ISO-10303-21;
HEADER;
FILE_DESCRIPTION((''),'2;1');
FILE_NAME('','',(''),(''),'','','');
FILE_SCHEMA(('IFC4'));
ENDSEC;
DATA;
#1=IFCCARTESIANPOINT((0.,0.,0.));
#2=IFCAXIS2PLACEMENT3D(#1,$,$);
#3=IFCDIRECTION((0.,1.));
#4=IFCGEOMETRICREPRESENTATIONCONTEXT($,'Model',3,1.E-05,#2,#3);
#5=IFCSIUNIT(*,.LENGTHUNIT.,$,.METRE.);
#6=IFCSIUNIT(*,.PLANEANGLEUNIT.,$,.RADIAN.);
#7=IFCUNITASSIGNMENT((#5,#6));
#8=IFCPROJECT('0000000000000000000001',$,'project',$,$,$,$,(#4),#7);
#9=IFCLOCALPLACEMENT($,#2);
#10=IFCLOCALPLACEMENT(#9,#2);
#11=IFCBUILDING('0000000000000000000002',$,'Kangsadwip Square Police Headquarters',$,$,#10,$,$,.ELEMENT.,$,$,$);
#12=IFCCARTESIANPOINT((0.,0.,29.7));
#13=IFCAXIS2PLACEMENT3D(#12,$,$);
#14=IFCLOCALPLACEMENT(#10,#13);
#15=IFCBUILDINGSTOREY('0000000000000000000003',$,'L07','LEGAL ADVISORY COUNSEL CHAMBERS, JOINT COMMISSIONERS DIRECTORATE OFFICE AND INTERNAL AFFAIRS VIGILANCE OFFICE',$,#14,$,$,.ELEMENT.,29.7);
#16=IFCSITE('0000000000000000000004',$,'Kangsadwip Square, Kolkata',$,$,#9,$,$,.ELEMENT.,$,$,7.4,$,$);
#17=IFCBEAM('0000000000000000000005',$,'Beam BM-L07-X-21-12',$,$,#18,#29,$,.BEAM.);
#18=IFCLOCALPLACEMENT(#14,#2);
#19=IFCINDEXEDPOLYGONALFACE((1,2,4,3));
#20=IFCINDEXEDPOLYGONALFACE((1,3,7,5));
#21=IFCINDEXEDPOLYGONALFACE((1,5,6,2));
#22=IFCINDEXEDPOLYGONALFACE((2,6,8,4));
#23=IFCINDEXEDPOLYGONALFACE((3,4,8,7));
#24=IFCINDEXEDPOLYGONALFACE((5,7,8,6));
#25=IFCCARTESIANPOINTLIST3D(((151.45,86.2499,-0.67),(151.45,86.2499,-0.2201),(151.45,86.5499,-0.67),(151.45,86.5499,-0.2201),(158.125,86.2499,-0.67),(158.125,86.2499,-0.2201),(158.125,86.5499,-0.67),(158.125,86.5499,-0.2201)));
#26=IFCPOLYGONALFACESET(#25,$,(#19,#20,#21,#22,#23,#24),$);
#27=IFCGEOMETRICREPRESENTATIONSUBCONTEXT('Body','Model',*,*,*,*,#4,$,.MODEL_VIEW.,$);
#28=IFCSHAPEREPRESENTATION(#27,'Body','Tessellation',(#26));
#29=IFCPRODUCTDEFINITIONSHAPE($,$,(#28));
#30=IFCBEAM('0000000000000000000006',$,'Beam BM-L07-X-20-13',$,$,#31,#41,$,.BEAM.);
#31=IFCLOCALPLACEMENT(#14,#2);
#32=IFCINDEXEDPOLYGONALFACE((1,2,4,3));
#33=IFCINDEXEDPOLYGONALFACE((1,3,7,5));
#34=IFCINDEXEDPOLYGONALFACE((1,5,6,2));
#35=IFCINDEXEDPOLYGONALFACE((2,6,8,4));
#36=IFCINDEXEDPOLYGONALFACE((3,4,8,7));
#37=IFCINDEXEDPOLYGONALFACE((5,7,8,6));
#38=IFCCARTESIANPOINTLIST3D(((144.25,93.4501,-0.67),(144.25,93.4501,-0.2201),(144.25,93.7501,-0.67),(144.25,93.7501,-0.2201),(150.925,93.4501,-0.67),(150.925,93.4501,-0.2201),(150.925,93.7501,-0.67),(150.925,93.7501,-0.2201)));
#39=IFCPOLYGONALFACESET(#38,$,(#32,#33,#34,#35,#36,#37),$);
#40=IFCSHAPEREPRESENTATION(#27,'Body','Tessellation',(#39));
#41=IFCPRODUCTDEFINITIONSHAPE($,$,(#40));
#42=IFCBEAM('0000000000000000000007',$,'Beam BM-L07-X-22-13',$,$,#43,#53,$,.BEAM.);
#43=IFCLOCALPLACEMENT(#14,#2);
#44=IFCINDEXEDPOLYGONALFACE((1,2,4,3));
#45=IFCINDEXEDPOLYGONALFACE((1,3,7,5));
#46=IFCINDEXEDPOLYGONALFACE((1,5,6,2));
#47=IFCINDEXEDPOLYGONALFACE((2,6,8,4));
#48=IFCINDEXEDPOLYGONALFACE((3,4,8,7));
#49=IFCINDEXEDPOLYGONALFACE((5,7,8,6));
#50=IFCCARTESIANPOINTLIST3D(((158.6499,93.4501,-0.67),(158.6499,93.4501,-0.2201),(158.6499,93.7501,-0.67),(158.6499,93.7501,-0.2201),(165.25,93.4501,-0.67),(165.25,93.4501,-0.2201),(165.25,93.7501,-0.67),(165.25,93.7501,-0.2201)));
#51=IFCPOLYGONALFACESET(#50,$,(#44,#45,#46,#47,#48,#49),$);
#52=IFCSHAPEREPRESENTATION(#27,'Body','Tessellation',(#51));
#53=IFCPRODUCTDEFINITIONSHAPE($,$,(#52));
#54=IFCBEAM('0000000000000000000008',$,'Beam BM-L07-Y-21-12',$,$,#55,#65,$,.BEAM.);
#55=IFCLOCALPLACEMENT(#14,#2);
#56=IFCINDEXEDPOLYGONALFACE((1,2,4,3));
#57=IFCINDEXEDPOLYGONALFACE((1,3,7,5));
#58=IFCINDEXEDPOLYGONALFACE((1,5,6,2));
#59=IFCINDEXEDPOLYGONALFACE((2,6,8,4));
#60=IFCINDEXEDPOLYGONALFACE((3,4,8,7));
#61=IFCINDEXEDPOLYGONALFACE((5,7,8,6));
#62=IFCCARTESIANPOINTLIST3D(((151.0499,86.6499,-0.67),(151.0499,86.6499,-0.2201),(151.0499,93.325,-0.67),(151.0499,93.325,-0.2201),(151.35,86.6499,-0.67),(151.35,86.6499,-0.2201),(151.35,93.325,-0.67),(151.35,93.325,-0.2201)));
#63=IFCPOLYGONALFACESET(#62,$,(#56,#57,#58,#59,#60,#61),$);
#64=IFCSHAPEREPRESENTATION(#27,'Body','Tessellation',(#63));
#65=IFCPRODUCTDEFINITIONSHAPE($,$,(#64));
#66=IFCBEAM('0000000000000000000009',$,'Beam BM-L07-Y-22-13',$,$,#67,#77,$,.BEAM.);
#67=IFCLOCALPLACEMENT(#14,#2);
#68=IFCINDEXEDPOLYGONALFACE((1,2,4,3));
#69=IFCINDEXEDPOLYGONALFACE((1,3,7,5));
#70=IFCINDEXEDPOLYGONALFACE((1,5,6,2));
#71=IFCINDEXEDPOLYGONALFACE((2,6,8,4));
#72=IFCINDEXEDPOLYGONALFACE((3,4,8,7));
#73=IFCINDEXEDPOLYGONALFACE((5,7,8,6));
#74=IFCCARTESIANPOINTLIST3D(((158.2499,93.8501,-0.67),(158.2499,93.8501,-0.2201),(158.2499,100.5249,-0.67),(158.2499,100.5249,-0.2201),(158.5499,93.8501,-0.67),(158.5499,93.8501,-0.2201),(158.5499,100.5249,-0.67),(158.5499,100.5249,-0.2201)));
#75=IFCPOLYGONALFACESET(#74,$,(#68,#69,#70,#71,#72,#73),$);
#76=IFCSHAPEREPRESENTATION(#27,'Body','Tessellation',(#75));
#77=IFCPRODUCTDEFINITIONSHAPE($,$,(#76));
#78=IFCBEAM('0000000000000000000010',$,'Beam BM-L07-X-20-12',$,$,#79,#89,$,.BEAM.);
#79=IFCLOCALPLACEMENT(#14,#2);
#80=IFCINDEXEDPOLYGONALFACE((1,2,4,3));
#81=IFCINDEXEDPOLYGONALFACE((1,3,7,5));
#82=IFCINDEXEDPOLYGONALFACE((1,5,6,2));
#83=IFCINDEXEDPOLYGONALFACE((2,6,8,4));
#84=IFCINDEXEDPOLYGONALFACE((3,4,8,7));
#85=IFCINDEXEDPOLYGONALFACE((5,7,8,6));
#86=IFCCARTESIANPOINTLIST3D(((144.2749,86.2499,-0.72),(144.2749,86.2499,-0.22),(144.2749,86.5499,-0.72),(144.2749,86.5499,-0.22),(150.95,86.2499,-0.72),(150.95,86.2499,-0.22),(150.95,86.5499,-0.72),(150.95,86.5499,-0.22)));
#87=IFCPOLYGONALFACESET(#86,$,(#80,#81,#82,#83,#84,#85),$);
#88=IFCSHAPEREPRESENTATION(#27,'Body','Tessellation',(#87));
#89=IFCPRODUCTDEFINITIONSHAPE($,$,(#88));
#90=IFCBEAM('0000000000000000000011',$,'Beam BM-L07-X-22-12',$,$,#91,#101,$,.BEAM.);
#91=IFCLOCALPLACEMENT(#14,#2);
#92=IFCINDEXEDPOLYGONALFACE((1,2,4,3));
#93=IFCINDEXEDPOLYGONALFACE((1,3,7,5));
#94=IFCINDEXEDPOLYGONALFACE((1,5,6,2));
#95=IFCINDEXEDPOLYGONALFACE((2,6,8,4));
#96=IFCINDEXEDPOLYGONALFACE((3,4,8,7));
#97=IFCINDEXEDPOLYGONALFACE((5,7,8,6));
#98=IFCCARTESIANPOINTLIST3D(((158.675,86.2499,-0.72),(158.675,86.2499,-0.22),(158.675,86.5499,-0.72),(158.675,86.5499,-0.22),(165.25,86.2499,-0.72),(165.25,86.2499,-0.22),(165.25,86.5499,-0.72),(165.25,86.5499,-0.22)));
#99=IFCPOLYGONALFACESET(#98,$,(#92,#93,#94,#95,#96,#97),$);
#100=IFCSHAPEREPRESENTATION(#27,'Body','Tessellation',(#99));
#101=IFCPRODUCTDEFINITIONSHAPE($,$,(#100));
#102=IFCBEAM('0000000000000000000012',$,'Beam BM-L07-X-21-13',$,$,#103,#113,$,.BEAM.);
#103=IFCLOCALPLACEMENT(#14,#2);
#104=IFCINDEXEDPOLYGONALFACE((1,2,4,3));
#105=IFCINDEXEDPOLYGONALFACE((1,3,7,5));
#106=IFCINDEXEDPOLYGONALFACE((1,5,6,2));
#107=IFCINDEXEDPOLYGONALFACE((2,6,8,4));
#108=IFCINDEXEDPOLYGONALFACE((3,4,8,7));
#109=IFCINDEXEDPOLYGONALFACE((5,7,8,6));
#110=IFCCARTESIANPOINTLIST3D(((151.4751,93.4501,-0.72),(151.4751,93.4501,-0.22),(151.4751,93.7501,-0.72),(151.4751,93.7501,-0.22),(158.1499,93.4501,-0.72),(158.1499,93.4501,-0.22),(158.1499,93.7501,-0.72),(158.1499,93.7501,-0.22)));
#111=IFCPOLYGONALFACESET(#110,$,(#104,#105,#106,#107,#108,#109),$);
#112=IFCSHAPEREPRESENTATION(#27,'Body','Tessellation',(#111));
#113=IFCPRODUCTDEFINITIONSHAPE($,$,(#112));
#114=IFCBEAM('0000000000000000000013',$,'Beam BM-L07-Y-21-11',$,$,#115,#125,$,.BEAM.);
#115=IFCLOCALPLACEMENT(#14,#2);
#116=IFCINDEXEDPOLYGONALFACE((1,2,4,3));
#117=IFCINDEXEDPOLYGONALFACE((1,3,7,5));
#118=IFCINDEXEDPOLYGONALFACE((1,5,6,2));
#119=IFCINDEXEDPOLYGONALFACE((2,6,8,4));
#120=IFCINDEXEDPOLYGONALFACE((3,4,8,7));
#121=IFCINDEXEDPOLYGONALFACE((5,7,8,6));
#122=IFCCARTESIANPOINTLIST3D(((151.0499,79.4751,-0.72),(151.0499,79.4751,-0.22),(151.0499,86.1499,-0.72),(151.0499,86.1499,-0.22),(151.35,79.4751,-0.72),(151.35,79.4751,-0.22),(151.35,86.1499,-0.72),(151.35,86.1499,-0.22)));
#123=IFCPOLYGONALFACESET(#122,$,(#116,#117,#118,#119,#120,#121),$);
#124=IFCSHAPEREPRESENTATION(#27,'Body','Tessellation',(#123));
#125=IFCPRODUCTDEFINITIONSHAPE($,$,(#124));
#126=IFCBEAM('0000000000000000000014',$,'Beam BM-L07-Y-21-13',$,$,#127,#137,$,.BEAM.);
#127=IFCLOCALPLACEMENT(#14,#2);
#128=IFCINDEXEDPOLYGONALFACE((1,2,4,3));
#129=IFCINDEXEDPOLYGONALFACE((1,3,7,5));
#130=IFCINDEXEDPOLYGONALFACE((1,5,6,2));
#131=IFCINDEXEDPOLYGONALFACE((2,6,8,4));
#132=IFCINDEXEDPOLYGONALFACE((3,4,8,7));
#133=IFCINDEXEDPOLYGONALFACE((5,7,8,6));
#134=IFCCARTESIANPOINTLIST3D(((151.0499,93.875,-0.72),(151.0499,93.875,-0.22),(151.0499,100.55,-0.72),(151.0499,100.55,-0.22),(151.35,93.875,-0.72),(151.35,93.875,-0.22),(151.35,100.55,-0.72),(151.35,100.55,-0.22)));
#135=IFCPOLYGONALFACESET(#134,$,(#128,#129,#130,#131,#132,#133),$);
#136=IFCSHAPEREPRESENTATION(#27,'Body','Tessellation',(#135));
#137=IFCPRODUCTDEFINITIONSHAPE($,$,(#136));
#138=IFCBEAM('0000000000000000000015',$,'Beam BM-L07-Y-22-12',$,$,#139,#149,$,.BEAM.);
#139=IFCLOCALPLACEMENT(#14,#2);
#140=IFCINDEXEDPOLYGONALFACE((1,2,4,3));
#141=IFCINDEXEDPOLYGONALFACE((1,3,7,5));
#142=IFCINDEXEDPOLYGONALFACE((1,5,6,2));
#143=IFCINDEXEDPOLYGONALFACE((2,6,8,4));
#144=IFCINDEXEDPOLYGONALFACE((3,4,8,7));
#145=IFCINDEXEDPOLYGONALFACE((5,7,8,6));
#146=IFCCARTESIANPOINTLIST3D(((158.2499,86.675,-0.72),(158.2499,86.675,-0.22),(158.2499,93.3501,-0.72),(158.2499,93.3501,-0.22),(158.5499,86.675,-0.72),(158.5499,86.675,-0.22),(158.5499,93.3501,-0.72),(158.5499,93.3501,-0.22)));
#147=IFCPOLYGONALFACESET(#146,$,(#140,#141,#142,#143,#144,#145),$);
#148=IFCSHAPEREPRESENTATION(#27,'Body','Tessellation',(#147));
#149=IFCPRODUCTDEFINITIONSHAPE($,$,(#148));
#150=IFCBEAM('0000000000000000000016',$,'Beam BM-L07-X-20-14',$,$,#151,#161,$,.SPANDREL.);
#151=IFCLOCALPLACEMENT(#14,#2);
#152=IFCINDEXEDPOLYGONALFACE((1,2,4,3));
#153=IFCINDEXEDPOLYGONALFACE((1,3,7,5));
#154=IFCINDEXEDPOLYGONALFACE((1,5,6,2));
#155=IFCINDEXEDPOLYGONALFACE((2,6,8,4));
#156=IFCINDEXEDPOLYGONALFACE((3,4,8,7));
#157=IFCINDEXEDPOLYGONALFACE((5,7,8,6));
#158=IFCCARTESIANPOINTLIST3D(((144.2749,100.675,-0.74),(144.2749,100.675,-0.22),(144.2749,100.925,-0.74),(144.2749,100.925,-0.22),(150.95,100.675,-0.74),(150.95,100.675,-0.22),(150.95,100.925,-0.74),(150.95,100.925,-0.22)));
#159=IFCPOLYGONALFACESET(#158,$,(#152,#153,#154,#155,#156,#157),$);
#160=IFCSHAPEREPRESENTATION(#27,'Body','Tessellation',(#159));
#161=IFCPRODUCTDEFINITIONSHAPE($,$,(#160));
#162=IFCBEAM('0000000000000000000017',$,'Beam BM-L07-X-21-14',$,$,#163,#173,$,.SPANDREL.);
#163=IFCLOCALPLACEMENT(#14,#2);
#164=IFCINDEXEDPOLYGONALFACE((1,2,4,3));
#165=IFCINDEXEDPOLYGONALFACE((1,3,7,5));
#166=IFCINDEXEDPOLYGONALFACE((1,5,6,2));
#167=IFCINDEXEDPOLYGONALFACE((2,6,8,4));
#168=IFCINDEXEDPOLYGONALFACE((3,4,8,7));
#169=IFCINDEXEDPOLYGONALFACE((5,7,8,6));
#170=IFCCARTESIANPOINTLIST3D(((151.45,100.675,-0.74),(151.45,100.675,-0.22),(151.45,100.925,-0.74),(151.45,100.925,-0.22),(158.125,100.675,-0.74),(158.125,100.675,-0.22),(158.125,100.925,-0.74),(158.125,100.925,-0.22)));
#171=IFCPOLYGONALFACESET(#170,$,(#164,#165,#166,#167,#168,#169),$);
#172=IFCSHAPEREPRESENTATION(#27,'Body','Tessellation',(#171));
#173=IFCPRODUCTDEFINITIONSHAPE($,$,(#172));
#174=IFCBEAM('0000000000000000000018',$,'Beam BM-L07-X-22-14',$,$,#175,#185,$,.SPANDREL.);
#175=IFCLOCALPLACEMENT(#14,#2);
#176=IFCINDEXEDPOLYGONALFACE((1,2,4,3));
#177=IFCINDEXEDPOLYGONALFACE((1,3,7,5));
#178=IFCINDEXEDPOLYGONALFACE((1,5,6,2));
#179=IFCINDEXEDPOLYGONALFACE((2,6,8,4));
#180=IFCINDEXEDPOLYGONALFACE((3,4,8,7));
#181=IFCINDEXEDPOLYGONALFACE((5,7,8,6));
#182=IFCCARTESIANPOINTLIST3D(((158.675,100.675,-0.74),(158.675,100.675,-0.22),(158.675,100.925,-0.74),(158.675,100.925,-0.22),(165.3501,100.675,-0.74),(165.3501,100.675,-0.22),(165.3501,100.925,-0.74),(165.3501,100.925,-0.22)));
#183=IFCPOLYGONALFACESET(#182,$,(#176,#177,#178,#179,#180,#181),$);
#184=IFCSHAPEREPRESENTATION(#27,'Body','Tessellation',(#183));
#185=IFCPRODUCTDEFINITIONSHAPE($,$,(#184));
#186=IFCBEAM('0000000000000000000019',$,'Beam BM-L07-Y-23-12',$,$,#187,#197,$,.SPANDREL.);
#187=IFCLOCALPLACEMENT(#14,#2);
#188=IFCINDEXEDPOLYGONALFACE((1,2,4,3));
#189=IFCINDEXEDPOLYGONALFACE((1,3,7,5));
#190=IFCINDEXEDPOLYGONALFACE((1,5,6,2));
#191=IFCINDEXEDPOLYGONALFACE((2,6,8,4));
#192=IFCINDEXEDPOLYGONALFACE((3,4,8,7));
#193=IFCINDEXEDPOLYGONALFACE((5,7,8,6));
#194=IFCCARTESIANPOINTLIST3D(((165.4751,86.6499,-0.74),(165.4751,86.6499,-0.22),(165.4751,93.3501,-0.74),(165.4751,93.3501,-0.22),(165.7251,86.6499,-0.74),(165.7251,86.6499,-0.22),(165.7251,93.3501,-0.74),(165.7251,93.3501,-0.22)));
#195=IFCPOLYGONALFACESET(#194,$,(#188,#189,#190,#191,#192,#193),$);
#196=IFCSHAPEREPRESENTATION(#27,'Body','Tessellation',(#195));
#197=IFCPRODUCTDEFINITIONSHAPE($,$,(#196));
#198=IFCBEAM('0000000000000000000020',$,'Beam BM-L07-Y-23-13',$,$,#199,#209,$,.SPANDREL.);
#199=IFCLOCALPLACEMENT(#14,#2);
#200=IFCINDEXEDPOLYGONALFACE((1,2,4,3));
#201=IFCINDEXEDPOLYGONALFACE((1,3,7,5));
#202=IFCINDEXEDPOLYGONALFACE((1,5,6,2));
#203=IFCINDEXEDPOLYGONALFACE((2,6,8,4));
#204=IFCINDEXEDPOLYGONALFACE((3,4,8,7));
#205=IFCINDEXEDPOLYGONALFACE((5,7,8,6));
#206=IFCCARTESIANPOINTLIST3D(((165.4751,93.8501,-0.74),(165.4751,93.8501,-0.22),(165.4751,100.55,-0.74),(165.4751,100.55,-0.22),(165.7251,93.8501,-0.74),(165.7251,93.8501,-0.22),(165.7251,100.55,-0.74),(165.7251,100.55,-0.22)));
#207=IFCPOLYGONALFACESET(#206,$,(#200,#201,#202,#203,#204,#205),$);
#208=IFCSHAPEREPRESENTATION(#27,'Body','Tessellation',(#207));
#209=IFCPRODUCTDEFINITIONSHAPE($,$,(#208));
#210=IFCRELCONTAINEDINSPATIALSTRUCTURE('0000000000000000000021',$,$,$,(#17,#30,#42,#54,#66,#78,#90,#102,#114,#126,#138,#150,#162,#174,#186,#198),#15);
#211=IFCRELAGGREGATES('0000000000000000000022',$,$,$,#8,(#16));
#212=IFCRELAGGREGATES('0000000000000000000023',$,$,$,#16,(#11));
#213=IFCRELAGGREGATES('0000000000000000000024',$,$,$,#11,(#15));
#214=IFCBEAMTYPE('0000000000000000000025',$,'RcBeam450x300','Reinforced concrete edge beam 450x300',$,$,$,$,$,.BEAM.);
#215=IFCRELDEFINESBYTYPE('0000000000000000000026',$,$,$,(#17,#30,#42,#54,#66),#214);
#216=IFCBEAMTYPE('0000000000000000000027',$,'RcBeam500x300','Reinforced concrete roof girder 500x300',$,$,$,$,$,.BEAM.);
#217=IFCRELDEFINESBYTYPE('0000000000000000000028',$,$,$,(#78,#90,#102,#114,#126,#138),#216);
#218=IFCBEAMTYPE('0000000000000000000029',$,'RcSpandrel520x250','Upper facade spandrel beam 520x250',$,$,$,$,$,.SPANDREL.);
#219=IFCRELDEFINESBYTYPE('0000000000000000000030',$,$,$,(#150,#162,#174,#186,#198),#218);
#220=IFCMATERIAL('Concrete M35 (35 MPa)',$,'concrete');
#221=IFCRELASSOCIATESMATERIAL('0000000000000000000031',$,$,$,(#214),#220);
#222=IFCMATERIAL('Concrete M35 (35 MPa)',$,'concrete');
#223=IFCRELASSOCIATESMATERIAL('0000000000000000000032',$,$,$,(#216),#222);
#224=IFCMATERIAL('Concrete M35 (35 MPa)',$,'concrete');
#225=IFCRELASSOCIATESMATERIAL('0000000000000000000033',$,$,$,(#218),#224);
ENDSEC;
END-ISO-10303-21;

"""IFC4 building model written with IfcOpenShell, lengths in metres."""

from ifc_helpers import new_model, si_unit, direction, frame, origin, origin_2d, place, context, subcontext, project, spatial, rectangle, extrude, material, material_profile, profile_set, type_object, element, save


model = new_model("IFC4")

# Units and contexts
model_context = context("Model", 3, precision=1e-05, world=origin(), true_north=direction((0.0, 1.0)))
body_context = subcontext(model_context, "Body", "Model", "MODEL_VIEW")
ifc_project = project(units=[si_unit("LENGTHUNIT", "METRE"), si_unit("PLANEANGLEUNIT", "RADIAN")], contexts=[model_context])

# Site, building, storey
site_placement = place(None, origin())
site = spatial("IfcSite", under=ifc_project, at=site_placement, Name="Kangsadwip Square, Kolkata", CompositionType="ELEMENT", RefElevation=7.4)
building_placement = place(site_placement, origin())
building = spatial("IfcBuilding", under=site, at=building_placement, Name="Kangsadwip Square Police Headquarters", CompositionType="ELEMENT")
storey_placement = place(building_placement, frame((0.0, 0.0, 29.7)))
storey = spatial("IfcBuildingStorey", under=building, at=storey_placement, Name="L07", Description="LEGAL ADVISORY COUNSEL CHAMBERS, JOINT COMMISSIONERS DIRECTORATE OFFICE AND INTERNAL AFFAIRS VIGILANCE OFFICE", CompositionType="ELEMENT", Elevation=29.7)

# Beams
ifc_material_1 = material(Name="Concrete M35 (35 MPa)", Category="concrete")
ifc_material_profile_1 = material_profile(ifc_material_1, rectangle(XDim=0.3, YDim=0.45, at=origin_2d()), Name="RC BM 450X300")
ifc_profile_set_1 = profile_set([ifc_material_profile_1], Name="Concrete M35 (35 MPa)")
beam_type_1 = type_object("IfcBeamType", Name="RcBeam450x300", Description="Reinforced concrete edge beam 450x300", PredefinedType="BEAM", material=ifc_profile_set_1)
for number, where, z_axis, x_axis, name in (
    (1, (151.45, 86.3999, -0.4451), (1.0, 0.0, 0.0), (0.0, 1.0, 0.0), "Beam BM-L07-X-21-12"),
    (2, (144.25, 93.6001, -0.4451), (1.0, 0.0, 0.0), (0.0, 1.0, 0.0), "Beam BM-L07-X-20-13"),
):
    element("IfcBeam", number, at=place(storey_placement, frame(where, z_axis=z_axis, x_axis=x_axis)), inside=storey, type_object=beam_type_1, Name=name, PredefinedType="BEAM", context=body_context, shape_type="SweptSolid", body=[
        extrude(rectangle(XDim=0.3, YDim=0.45, at=origin_2d()), origin(), (0.0, 0.0, 1.0), 6.675),
    ])
beam_1_placement = place(storey_placement, frame((158.6499, 93.6001, -0.4451), z_axis=(1.0, 0.0, 0.0), x_axis=(0.0, 1.0, 0.0)))
element("IfcBeam", 3, at=beam_1_placement, inside=storey, type_object=beam_type_1, Name="Beam BM-L07-X-22-13", PredefinedType="BEAM", context=body_context, shape_type="SweptSolid", body=[
    extrude(rectangle(XDim=0.3, YDim=0.45, at=origin_2d()), origin(), (0.0, 0.0, 1.0), 6.6001),
])
beam_2_placement = place(storey_placement, frame((151.2, 86.6499, -0.4451), z_axis=(0.0, 1.0, 0.0), x_axis=(-1.0, 0.0, 0.0)))
element("IfcBeam", 4, at=beam_2_placement, inside=storey, type_object=beam_type_1, Name="Beam BM-L07-Y-21-12", PredefinedType="BEAM", context=body_context, shape_type="SweptSolid", body=[
    extrude(rectangle(XDim=0.3, YDim=0.45, at=origin_2d()), origin(), (0.0, 0.0, 1.0), 6.675),
])
beam_3_placement = place(storey_placement, frame((158.3999, 93.8501, -0.4451), z_axis=(0.0, 1.0, 0.0), x_axis=(-1.0, 0.0, 0.0)))
element("IfcBeam", 5, at=beam_3_placement, inside=storey, type_object=beam_type_1, Name="Beam BM-L07-Y-22-13", PredefinedType="BEAM", context=body_context, shape_type="SweptSolid", body=[
    extrude(rectangle(XDim=0.3, YDim=0.45, at=origin_2d()), origin(), (0.0, 0.0, 1.0), 6.6748),
])
ifc_material_2 = material(Name="Concrete M35 (35 MPa)", Category="concrete")
ifc_material_profile_2 = material_profile(ifc_material_2, rectangle(XDim=0.3, YDim=0.5, at=origin_2d()), Name="RC BM 500X300")
ifc_profile_set_2 = profile_set([ifc_material_profile_2], Name="Concrete M35 (35 MPa)")
beam_type_2 = type_object("IfcBeamType", Name="RcBeam500x300", Description="Reinforced concrete roof girder 500x300", PredefinedType="BEAM", material=ifc_profile_set_2)
beam_4_placement = place(storey_placement, frame((144.2749, 86.3999, -0.47), z_axis=(1.0, 0.0, 0.0), x_axis=(0.0, 1.0, 0.0)))
element("IfcBeam", 6, at=beam_4_placement, inside=storey, type_object=beam_type_2, Name="Beam BM-L07-X-20-12", PredefinedType="BEAM", context=body_context, shape_type="SweptSolid", body=[
    extrude(rectangle(XDim=0.3, YDim=0.5, at=origin_2d()), origin(), (0.0, 0.0, 1.0), 6.675),
])
beam_5_placement = place(storey_placement, frame((158.675, 86.3999, -0.47), z_axis=(1.0, 0.0, 0.0), x_axis=(0.0, 1.0, 0.0)))
element("IfcBeam", 7, at=beam_5_placement, inside=storey, type_object=beam_type_2, Name="Beam BM-L07-X-22-12", PredefinedType="BEAM", context=body_context, shape_type="SweptSolid", body=[
    extrude(rectangle(XDim=0.3, YDim=0.5, at=origin_2d()), origin(), (0.0, 0.0, 1.0), 6.575),
])
for number, where, z_axis, x_axis, name in (
    (8, (151.4751, 93.6001, -0.47), (1.0, 0.0, 0.0), (0.0, 1.0, 0.0), "Beam BM-L07-X-21-13"),
    (9, (151.2, 79.4751, -0.47), (0.0, 1.0, 0.0), (-1.0, 0.0, 0.0), "Beam BM-L07-Y-21-11"),
):
    element("IfcBeam", number, at=place(storey_placement, frame(where, z_axis=z_axis, x_axis=x_axis)), inside=storey, type_object=beam_type_2, Name=name, PredefinedType="BEAM", context=body_context, shape_type="SweptSolid", body=[
        extrude(rectangle(XDim=0.3, YDim=0.5, at=origin_2d()), origin(), (0.0, 0.0, 1.0), 6.6748),
    ])
for number, where, z_axis, x_axis, name in (
    (10, (151.2, 93.875, -0.47), (0.0, 1.0, 0.0), (-1.0, 0.0, 0.0), "Beam BM-L07-Y-21-13"),
    (11, (158.3999, 86.675, -0.47), (0.0, 1.0, 0.0), (-1.0, 0.0, 0.0), "Beam BM-L07-Y-22-12"),
):
    element("IfcBeam", number, at=place(storey_placement, frame(where, z_axis=z_axis, x_axis=x_axis)), inside=storey, type_object=beam_type_2, Name=name, PredefinedType="BEAM", context=body_context, shape_type="SweptSolid", body=[
        extrude(rectangle(XDim=0.3, YDim=0.5, at=origin_2d()), origin(), (0.0, 0.0, 1.0), 6.675),
    ])
ifc_material_3 = material(Name="Concrete M35 (35 MPa)", Category="concrete")
ifc_material_profile_3 = material_profile(ifc_material_3, rectangle(XDim=0.25, YDim=0.52, at=origin_2d()), Name="RC SPN 520X250")
ifc_profile_set_3 = profile_set([ifc_material_profile_3], Name="Concrete M35 (35 MPa)")
beam_type_3 = type_object("IfcBeamType", Name="RcSpandrel520x250", Description="Upper facade spandrel beam 520x250", PredefinedType="SPANDREL", material=ifc_profile_set_3)
for number, where, z_axis, x_axis, name in (
    (12, (144.2749, 100.8, -0.48), (1.0, 0.0, 0.0), (0.0, 1.0, 0.0), "Beam BM-L07-X-20-14"),
    (13, (151.45, 100.8, -0.48), (1.0, 0.0, 0.0), (0.0, 1.0, 0.0), "Beam BM-L07-X-21-14"),
    (14, (158.675, 100.8, -0.48), (1.0, 0.0, 0.0), (0.0, 1.0, 0.0), "Beam BM-L07-X-22-14"),
):
    element("IfcBeam", number, at=place(storey_placement, frame(where, z_axis=z_axis, x_axis=x_axis)), inside=storey, type_object=beam_type_3, Name=name, PredefinedType="SPANDREL", context=body_context, shape_type="SweptSolid", body=[
        extrude(rectangle(XDim=0.25, YDim=0.52, at=origin_2d()), origin(), (0.0, 0.0, 1.0), 6.675),
    ])
beam_6_placement = place(storey_placement, frame((165.6001, 86.6499, -0.48), z_axis=(0.0, 1.0, 0.0), x_axis=(-1.0, 0.0, 0.0)))
element("IfcBeam", 15, at=beam_6_placement, inside=storey, type_object=beam_type_3, Name="Beam BM-L07-Y-23-12", PredefinedType="SPANDREL", context=body_context, shape_type="SweptSolid", body=[
    extrude(rectangle(XDim=0.25, YDim=0.52, at=origin_2d()), origin(), (0.0, 0.0, 1.0), 6.7002),
])
beam_7_placement = place(storey_placement, frame((165.6001, 93.8501, -0.48), z_axis=(0.0, 1.0, 0.0), x_axis=(-1.0, 0.0, 0.0)))
element("IfcBeam", 16, at=beam_7_placement, inside=storey, type_object=beam_type_3, Name="Beam BM-L07-Y-23-13", PredefinedType="SPANDREL", context=body_context, shape_type="SweptSolid", body=[
    extrude(rectangle(XDim=0.25, YDim=0.52, at=origin_2d()), origin(), (0.0, 0.0, 1.0), 6.7),
])

save(model, "model.ifc")
